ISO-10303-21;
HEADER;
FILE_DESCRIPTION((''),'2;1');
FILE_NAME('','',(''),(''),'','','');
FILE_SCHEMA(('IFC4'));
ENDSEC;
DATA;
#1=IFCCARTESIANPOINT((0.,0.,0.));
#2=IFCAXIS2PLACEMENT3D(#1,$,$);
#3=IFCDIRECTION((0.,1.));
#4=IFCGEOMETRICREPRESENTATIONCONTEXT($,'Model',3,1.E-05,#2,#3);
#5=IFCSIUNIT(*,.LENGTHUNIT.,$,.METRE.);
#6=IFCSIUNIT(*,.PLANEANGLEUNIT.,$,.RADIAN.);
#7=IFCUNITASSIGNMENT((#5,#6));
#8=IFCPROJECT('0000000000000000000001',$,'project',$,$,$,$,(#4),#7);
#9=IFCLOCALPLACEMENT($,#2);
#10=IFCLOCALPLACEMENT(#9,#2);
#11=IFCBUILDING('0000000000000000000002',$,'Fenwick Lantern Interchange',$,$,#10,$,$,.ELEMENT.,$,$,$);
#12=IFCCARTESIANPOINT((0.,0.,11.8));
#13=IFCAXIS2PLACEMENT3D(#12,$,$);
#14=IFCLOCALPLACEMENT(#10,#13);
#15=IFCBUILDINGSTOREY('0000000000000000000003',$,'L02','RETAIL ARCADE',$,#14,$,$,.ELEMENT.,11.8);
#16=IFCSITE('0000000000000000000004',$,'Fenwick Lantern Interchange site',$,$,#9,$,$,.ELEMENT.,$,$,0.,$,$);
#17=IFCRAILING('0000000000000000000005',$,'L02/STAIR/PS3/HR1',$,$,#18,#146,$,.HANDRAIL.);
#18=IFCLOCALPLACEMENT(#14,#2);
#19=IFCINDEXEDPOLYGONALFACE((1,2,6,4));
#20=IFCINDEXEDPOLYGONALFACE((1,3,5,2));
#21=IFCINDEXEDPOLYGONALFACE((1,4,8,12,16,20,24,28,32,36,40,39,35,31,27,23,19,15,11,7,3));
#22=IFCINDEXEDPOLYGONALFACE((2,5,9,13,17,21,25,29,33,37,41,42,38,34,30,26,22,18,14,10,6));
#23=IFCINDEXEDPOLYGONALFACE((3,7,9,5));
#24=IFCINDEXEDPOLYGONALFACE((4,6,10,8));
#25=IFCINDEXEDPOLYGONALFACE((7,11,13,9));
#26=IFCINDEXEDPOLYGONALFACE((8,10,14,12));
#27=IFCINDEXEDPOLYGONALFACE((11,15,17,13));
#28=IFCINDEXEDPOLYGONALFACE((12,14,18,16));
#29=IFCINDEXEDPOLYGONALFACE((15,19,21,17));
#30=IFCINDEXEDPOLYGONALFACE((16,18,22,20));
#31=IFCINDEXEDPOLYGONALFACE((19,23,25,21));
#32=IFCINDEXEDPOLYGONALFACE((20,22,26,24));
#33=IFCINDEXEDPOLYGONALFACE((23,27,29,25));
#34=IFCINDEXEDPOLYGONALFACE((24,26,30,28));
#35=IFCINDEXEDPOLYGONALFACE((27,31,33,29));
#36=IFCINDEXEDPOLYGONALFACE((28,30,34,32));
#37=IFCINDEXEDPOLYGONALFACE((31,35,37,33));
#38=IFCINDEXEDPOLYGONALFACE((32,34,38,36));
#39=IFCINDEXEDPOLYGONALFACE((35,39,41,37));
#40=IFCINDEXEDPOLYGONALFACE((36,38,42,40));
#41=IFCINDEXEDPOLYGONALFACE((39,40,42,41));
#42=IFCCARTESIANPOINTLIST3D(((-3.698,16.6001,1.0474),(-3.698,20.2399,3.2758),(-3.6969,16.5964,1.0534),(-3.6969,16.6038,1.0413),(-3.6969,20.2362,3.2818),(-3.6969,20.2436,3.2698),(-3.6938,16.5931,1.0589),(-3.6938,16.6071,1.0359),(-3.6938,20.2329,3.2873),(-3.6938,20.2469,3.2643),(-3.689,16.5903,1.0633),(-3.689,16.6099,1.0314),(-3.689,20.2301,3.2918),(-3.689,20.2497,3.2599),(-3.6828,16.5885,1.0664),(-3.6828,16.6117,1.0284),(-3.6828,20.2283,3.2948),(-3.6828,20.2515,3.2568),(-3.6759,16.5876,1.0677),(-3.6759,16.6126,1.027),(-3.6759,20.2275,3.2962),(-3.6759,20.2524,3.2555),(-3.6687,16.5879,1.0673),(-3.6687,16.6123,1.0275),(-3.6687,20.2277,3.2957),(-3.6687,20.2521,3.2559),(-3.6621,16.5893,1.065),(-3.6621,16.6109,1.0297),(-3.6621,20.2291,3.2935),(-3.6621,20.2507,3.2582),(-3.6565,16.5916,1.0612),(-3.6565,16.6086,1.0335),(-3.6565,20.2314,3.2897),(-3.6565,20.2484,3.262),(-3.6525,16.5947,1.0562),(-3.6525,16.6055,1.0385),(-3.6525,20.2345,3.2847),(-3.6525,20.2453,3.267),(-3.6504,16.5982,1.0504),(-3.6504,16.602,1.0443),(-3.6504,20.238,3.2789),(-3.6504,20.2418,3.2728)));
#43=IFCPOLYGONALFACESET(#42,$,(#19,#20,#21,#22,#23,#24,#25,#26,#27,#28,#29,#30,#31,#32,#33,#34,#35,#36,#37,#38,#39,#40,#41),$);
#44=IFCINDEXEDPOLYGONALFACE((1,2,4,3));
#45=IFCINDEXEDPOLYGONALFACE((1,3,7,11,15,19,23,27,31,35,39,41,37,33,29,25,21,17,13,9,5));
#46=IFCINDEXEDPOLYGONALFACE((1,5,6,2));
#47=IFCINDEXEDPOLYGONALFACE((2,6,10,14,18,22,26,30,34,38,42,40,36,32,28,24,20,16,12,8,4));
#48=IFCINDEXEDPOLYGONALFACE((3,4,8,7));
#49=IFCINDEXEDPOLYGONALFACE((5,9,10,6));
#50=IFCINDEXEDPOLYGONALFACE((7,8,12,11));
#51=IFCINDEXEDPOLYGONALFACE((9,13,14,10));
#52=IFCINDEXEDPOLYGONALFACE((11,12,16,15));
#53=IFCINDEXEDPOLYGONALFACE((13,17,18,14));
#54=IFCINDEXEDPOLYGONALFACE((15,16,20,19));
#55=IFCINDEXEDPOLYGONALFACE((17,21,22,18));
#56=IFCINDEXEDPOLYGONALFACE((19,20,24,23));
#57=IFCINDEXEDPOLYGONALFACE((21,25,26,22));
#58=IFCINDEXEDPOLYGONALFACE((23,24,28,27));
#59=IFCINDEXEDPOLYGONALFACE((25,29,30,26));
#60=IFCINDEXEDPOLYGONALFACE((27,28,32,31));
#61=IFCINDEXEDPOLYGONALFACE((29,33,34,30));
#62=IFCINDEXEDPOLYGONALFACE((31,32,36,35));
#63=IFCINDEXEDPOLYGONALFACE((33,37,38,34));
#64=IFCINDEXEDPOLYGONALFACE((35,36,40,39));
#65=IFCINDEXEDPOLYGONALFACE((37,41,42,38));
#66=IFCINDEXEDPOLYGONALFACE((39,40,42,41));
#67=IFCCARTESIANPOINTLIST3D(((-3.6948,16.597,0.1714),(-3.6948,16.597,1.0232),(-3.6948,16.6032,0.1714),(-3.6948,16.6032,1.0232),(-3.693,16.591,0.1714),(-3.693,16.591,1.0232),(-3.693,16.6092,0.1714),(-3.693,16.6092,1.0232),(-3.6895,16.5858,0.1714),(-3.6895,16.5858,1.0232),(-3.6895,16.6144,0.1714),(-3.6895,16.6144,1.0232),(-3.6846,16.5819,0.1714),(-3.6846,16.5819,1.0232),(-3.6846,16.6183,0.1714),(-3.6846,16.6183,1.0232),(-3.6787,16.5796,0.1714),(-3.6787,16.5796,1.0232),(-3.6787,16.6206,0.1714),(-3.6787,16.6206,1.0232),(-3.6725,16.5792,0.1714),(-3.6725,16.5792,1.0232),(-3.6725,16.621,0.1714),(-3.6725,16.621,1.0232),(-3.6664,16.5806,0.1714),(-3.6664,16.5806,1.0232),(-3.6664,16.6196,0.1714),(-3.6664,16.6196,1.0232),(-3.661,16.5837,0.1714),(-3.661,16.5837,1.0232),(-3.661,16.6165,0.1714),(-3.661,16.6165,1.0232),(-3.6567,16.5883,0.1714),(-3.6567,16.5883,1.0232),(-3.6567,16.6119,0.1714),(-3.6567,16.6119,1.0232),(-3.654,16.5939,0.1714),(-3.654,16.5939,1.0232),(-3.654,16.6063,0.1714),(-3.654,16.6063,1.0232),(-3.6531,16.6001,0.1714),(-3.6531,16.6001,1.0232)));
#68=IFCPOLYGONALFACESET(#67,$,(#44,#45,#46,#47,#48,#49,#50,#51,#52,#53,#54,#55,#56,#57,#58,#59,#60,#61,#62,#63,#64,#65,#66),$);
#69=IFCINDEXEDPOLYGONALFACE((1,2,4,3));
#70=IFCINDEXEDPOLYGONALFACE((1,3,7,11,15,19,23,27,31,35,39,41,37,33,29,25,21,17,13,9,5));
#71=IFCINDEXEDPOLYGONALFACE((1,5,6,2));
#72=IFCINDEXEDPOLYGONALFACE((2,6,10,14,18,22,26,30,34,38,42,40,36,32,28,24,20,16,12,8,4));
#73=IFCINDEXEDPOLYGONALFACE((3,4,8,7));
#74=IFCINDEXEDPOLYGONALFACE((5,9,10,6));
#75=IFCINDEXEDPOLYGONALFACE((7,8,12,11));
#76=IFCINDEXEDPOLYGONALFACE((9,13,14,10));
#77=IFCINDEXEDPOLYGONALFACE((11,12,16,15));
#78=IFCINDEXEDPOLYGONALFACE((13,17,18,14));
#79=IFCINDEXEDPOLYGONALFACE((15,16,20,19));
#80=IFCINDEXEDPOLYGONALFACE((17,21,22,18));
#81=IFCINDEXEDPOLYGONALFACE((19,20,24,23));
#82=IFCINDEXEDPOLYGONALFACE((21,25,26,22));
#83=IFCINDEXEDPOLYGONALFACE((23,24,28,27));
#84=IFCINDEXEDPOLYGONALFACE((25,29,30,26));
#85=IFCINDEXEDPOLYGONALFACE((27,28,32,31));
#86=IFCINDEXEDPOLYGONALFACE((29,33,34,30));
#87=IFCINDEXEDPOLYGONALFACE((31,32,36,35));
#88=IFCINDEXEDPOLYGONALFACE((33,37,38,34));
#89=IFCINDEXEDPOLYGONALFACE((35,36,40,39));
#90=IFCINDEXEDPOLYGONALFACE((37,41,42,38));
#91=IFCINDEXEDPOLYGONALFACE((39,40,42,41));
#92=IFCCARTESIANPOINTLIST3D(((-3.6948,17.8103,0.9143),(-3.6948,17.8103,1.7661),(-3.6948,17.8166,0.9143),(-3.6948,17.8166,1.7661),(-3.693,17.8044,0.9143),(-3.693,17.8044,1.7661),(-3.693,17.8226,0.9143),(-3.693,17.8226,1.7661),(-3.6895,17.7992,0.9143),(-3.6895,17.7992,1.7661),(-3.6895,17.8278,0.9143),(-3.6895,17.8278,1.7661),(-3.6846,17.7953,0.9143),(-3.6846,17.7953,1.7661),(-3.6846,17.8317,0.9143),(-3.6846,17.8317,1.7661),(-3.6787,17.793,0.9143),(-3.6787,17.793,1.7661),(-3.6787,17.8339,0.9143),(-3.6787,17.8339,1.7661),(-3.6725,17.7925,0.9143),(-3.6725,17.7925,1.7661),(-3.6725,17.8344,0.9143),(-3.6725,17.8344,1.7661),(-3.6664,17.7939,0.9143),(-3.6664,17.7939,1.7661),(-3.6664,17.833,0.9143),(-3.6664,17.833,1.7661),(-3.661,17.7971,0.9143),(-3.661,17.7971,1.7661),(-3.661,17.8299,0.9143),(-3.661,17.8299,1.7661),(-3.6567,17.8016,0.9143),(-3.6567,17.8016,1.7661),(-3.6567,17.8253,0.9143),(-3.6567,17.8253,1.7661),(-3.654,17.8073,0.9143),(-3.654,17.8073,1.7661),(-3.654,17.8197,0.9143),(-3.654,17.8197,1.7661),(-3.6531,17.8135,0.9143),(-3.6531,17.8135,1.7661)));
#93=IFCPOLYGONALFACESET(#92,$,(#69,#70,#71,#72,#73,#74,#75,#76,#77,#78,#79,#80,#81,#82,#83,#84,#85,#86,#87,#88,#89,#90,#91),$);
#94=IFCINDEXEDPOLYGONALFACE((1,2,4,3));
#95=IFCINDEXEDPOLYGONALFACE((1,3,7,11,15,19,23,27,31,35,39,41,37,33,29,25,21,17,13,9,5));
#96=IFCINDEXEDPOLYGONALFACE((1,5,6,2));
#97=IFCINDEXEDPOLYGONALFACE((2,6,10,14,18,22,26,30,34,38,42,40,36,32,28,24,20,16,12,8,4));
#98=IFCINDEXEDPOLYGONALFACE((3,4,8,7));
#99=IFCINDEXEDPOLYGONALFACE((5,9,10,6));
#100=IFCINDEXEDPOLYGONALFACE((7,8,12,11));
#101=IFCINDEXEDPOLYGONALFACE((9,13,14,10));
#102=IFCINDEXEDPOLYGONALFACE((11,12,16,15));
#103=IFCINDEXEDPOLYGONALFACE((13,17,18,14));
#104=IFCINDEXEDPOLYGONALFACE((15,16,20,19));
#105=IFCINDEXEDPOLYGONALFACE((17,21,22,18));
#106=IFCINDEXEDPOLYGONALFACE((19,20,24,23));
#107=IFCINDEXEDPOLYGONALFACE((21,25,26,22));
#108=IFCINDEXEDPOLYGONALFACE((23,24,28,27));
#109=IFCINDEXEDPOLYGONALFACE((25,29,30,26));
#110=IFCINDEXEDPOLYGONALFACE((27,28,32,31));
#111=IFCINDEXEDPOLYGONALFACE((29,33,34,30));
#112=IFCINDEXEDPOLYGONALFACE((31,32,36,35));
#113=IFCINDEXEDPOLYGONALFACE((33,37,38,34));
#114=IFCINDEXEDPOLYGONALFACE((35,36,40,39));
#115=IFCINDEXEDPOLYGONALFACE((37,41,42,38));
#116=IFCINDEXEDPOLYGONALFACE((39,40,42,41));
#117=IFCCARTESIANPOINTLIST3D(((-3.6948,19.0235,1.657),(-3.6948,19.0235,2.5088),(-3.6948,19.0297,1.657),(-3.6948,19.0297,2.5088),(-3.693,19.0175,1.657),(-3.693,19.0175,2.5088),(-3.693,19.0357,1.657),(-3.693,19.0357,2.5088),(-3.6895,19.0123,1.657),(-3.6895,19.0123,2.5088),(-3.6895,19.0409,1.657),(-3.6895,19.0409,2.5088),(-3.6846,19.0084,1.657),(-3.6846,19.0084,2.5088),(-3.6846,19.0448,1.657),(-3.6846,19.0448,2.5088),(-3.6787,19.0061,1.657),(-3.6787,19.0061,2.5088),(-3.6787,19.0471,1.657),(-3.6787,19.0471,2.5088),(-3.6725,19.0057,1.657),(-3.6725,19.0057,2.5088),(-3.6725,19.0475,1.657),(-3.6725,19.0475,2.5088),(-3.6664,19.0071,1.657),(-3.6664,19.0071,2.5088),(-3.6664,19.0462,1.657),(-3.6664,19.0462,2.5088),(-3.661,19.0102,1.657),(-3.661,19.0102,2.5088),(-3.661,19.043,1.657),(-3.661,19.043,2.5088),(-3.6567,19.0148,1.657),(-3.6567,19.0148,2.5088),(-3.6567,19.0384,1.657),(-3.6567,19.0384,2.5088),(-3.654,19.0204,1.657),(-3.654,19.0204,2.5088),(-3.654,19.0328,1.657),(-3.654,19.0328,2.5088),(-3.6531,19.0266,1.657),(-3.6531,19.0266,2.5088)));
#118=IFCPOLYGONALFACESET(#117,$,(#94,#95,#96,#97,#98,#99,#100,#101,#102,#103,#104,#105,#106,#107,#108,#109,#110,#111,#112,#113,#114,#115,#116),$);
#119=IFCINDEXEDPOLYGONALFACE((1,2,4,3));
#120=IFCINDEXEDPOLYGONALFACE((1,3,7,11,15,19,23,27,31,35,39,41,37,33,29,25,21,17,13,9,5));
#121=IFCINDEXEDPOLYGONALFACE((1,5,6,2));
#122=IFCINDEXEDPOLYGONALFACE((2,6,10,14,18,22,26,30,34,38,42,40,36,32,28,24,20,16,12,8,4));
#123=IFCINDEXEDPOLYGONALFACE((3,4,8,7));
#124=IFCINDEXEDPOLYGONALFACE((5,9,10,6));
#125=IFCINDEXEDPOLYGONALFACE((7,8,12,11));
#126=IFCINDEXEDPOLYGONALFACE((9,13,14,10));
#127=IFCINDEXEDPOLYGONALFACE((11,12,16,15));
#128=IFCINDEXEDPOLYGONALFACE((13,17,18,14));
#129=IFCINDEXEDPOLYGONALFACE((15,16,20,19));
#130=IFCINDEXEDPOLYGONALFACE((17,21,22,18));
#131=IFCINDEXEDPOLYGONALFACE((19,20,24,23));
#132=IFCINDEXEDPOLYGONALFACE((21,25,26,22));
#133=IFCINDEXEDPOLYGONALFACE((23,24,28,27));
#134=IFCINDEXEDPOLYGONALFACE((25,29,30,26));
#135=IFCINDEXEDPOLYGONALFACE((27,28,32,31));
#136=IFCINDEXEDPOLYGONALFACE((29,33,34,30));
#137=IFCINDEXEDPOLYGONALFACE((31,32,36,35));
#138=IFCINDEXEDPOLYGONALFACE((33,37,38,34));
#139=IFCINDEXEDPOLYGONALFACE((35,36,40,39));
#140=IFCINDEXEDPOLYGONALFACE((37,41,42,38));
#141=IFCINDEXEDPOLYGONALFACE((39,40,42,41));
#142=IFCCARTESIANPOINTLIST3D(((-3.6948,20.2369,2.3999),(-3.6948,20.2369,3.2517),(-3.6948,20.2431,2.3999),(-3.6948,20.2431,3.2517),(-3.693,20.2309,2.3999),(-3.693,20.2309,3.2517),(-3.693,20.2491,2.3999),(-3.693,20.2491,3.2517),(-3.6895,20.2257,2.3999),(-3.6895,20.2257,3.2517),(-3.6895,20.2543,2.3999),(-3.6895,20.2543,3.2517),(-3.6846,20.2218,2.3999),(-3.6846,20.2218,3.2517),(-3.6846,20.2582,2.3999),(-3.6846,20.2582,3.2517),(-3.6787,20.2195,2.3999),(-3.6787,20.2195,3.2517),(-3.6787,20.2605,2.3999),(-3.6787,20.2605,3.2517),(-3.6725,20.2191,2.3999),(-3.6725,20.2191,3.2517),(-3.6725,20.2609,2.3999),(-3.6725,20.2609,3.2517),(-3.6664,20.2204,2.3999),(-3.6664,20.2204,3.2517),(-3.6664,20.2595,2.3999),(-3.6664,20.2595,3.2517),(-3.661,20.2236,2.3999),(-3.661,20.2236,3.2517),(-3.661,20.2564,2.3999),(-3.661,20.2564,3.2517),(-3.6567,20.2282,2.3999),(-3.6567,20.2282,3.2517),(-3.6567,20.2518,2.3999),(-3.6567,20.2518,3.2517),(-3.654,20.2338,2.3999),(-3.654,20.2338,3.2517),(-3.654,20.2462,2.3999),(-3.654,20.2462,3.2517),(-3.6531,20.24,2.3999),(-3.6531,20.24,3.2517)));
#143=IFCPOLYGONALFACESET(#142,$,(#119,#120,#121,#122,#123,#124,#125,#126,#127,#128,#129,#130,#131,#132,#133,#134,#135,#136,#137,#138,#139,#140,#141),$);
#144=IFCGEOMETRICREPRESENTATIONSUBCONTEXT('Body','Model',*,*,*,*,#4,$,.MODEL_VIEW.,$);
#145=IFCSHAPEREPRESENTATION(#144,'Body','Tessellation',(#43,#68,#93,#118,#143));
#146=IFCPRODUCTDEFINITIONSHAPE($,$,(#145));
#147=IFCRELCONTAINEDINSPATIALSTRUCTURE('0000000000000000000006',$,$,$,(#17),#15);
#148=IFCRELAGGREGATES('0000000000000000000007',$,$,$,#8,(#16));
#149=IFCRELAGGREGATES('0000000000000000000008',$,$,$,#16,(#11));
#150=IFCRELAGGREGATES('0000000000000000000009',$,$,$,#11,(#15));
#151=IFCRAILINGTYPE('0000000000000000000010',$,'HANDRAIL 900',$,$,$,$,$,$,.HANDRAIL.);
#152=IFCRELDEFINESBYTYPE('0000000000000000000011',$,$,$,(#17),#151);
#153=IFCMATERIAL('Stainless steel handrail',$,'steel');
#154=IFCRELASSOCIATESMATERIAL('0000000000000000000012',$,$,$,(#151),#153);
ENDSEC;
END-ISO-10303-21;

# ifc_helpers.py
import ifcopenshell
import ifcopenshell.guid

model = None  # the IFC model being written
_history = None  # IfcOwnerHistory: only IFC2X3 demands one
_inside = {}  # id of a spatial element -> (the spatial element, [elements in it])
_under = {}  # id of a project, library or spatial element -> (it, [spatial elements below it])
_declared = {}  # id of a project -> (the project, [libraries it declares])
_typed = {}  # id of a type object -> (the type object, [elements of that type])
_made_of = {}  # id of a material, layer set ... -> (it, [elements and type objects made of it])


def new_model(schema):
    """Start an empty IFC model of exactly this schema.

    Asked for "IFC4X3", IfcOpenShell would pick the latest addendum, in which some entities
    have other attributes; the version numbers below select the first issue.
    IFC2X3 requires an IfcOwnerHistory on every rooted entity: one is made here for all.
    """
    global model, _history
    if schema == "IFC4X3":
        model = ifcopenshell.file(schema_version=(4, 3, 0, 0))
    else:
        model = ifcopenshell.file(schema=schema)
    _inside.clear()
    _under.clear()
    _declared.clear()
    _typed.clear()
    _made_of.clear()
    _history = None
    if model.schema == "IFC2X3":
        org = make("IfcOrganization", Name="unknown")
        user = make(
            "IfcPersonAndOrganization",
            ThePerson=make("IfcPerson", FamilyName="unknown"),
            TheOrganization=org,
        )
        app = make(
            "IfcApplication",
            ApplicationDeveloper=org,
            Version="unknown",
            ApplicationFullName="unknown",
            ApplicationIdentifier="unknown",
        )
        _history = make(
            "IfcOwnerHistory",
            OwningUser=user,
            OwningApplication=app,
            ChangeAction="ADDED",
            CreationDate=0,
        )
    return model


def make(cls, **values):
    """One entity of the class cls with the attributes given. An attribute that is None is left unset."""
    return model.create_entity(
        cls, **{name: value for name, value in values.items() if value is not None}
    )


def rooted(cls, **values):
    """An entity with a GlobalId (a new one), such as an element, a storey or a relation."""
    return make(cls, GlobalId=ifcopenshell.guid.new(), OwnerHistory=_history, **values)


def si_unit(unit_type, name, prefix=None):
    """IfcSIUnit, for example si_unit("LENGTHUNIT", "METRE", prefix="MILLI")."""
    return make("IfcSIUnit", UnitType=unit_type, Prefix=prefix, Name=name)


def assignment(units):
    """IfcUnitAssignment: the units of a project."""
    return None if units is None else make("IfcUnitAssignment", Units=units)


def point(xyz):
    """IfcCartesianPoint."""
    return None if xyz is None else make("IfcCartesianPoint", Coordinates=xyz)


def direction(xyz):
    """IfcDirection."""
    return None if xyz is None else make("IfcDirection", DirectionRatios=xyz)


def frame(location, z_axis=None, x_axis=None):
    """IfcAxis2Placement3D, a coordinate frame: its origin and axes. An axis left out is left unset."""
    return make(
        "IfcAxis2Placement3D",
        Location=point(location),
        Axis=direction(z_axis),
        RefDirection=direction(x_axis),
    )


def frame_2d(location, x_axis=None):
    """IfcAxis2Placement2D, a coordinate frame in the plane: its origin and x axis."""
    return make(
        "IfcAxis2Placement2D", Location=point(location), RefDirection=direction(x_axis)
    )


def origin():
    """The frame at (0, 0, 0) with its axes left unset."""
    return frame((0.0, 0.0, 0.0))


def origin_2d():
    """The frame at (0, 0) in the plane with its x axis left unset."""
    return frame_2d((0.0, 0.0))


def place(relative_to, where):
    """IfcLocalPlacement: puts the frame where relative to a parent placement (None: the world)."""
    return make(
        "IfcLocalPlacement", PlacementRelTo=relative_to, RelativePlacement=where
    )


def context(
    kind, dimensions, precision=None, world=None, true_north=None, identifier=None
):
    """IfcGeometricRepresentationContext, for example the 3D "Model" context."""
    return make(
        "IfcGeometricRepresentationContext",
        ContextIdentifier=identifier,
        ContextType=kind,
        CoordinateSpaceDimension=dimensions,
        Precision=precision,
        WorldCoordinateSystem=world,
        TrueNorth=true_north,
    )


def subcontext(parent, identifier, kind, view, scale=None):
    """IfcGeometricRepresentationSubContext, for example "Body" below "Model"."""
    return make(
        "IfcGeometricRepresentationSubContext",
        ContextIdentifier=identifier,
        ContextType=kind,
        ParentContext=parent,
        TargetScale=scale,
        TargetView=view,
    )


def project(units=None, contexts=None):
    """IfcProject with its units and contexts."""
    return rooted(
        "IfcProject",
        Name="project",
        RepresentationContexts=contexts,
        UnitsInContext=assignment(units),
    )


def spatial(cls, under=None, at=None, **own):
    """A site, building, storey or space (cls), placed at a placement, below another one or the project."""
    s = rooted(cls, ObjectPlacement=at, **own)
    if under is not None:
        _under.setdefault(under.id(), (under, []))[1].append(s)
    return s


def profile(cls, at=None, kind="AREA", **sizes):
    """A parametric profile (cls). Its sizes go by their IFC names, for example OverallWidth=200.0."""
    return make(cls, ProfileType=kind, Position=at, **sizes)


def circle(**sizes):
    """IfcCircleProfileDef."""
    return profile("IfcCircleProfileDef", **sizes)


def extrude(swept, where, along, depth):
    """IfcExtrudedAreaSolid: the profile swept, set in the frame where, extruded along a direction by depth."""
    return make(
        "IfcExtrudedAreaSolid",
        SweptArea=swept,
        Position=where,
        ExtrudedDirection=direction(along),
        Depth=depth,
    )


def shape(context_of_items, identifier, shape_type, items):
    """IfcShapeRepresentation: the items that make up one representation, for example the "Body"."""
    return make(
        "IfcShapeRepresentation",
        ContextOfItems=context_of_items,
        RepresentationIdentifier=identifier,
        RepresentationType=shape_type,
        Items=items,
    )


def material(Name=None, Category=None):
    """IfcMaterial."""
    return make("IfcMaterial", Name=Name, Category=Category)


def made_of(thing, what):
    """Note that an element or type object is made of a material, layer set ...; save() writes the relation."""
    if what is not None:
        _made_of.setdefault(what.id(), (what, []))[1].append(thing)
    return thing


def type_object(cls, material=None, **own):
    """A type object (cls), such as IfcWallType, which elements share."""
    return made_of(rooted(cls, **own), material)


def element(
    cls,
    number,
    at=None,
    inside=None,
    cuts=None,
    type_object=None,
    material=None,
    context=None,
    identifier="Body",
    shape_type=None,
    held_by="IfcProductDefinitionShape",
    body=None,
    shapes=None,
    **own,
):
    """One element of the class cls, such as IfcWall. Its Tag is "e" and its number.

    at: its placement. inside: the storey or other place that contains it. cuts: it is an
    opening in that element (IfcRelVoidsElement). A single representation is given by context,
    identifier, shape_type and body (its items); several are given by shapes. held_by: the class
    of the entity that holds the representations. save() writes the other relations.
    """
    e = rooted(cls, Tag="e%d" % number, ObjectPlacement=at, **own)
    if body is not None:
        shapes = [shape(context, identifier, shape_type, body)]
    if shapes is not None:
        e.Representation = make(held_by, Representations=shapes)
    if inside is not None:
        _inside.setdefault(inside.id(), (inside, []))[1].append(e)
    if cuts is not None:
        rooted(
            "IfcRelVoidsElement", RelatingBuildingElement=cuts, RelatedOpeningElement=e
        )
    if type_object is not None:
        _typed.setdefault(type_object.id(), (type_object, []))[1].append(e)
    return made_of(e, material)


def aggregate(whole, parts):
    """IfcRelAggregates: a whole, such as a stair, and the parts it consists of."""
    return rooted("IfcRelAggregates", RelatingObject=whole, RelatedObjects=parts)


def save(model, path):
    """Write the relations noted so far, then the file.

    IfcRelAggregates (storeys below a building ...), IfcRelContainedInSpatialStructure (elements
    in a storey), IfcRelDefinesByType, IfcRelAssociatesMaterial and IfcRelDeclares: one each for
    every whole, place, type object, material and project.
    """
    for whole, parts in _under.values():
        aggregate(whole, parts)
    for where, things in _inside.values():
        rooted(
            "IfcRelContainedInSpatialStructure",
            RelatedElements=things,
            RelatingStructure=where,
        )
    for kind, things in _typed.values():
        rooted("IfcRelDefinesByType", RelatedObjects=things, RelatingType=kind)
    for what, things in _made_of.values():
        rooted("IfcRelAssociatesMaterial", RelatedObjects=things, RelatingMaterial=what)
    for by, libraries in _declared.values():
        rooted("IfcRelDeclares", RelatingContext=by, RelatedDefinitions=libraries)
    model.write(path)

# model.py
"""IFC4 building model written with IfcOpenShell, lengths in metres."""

from ifc_helpers import new_model, si_unit, direction, frame, origin, origin_2d, place, context, subcontext, project, spatial, circle, extrude, material, type_object, element, save


model = new_model("IFC4")

# Units and contexts
model_context = context("Model", 3, precision=1e-05, world=origin(), true_north=direction((0.0, 1.0)))
body_context = subcontext(model_context, "Body", "Model", "MODEL_VIEW")
ifc_project = project(units=[si_unit("LENGTHUNIT", "METRE"), si_unit("PLANEANGLEUNIT", "RADIAN")], contexts=[model_context])

# Site, building, storey
site_placement = place(None, origin())
site = spatial("IfcSite", under=ifc_project, at=site_placement, Name="Fenwick Lantern Interchange site", CompositionType="ELEMENT", RefElevation=0.0)
building_placement = place(site_placement, origin())
building = spatial("IfcBuilding", under=site, at=building_placement, Name="Fenwick Lantern Interchange", CompositionType="ELEMENT")
storey_placement = place(building_placement, frame((0.0, 0.0, 11.8)))
storey = spatial("IfcBuildingStorey", under=building, at=storey_placement, Name="L02", Description="RETAIL ARCADE", CompositionType="ELEMENT", Elevation=11.8)

# Railing
ifc_material_1 = material(Name="Stainless steel handrail", Category="steel")
railing_type = type_object("IfcRailingType", Name="HANDRAIL 900", PredefinedType="HANDRAIL", material=ifc_material_1)
railing_1_placement = place(storey_placement, frame((-3.6741, 16.6001, 0.1714)))
element("IfcRailing", 1, at=railing_1_placement, inside=storey, type_object=railing_type, Name="L02/STAIR/PS3/HR1", PredefinedType="HANDRAIL", context=body_context, shape_type="SweptSolid", body=[
    extrude(circle(Radius=0.0239, at=origin_2d()), frame((0.0, 0.0, 0.876), z_axis=(0.0, 0.85285, 0.522156), x_axis=(-1.0, 0.0, 0.0)), (0.0, 0.0, 1.0), 4.2678),
    extrude(circle(Radius=0.021, at=origin_2d()), origin(), (0.0, 0.0, 1.0), 0.8518),
    extrude(circle(Radius=0.021, at=origin_2d()), frame((0.0, 1.2134, 0.7429)), (0.0, 0.0, 1.0), 0.8518),
    extrude(circle(Radius=0.021, at=origin_2d()), frame((0.0, 2.4265, 1.4856)), (0.0, 0.0, 1.0), 0.8518),
    extrude(circle(Radius=0.021, at=origin_2d()), frame((0.0, 3.6399, 2.2285)), (0.0, 0.0, 1.0), 0.8518),
])

save(model, "model.ifc")
